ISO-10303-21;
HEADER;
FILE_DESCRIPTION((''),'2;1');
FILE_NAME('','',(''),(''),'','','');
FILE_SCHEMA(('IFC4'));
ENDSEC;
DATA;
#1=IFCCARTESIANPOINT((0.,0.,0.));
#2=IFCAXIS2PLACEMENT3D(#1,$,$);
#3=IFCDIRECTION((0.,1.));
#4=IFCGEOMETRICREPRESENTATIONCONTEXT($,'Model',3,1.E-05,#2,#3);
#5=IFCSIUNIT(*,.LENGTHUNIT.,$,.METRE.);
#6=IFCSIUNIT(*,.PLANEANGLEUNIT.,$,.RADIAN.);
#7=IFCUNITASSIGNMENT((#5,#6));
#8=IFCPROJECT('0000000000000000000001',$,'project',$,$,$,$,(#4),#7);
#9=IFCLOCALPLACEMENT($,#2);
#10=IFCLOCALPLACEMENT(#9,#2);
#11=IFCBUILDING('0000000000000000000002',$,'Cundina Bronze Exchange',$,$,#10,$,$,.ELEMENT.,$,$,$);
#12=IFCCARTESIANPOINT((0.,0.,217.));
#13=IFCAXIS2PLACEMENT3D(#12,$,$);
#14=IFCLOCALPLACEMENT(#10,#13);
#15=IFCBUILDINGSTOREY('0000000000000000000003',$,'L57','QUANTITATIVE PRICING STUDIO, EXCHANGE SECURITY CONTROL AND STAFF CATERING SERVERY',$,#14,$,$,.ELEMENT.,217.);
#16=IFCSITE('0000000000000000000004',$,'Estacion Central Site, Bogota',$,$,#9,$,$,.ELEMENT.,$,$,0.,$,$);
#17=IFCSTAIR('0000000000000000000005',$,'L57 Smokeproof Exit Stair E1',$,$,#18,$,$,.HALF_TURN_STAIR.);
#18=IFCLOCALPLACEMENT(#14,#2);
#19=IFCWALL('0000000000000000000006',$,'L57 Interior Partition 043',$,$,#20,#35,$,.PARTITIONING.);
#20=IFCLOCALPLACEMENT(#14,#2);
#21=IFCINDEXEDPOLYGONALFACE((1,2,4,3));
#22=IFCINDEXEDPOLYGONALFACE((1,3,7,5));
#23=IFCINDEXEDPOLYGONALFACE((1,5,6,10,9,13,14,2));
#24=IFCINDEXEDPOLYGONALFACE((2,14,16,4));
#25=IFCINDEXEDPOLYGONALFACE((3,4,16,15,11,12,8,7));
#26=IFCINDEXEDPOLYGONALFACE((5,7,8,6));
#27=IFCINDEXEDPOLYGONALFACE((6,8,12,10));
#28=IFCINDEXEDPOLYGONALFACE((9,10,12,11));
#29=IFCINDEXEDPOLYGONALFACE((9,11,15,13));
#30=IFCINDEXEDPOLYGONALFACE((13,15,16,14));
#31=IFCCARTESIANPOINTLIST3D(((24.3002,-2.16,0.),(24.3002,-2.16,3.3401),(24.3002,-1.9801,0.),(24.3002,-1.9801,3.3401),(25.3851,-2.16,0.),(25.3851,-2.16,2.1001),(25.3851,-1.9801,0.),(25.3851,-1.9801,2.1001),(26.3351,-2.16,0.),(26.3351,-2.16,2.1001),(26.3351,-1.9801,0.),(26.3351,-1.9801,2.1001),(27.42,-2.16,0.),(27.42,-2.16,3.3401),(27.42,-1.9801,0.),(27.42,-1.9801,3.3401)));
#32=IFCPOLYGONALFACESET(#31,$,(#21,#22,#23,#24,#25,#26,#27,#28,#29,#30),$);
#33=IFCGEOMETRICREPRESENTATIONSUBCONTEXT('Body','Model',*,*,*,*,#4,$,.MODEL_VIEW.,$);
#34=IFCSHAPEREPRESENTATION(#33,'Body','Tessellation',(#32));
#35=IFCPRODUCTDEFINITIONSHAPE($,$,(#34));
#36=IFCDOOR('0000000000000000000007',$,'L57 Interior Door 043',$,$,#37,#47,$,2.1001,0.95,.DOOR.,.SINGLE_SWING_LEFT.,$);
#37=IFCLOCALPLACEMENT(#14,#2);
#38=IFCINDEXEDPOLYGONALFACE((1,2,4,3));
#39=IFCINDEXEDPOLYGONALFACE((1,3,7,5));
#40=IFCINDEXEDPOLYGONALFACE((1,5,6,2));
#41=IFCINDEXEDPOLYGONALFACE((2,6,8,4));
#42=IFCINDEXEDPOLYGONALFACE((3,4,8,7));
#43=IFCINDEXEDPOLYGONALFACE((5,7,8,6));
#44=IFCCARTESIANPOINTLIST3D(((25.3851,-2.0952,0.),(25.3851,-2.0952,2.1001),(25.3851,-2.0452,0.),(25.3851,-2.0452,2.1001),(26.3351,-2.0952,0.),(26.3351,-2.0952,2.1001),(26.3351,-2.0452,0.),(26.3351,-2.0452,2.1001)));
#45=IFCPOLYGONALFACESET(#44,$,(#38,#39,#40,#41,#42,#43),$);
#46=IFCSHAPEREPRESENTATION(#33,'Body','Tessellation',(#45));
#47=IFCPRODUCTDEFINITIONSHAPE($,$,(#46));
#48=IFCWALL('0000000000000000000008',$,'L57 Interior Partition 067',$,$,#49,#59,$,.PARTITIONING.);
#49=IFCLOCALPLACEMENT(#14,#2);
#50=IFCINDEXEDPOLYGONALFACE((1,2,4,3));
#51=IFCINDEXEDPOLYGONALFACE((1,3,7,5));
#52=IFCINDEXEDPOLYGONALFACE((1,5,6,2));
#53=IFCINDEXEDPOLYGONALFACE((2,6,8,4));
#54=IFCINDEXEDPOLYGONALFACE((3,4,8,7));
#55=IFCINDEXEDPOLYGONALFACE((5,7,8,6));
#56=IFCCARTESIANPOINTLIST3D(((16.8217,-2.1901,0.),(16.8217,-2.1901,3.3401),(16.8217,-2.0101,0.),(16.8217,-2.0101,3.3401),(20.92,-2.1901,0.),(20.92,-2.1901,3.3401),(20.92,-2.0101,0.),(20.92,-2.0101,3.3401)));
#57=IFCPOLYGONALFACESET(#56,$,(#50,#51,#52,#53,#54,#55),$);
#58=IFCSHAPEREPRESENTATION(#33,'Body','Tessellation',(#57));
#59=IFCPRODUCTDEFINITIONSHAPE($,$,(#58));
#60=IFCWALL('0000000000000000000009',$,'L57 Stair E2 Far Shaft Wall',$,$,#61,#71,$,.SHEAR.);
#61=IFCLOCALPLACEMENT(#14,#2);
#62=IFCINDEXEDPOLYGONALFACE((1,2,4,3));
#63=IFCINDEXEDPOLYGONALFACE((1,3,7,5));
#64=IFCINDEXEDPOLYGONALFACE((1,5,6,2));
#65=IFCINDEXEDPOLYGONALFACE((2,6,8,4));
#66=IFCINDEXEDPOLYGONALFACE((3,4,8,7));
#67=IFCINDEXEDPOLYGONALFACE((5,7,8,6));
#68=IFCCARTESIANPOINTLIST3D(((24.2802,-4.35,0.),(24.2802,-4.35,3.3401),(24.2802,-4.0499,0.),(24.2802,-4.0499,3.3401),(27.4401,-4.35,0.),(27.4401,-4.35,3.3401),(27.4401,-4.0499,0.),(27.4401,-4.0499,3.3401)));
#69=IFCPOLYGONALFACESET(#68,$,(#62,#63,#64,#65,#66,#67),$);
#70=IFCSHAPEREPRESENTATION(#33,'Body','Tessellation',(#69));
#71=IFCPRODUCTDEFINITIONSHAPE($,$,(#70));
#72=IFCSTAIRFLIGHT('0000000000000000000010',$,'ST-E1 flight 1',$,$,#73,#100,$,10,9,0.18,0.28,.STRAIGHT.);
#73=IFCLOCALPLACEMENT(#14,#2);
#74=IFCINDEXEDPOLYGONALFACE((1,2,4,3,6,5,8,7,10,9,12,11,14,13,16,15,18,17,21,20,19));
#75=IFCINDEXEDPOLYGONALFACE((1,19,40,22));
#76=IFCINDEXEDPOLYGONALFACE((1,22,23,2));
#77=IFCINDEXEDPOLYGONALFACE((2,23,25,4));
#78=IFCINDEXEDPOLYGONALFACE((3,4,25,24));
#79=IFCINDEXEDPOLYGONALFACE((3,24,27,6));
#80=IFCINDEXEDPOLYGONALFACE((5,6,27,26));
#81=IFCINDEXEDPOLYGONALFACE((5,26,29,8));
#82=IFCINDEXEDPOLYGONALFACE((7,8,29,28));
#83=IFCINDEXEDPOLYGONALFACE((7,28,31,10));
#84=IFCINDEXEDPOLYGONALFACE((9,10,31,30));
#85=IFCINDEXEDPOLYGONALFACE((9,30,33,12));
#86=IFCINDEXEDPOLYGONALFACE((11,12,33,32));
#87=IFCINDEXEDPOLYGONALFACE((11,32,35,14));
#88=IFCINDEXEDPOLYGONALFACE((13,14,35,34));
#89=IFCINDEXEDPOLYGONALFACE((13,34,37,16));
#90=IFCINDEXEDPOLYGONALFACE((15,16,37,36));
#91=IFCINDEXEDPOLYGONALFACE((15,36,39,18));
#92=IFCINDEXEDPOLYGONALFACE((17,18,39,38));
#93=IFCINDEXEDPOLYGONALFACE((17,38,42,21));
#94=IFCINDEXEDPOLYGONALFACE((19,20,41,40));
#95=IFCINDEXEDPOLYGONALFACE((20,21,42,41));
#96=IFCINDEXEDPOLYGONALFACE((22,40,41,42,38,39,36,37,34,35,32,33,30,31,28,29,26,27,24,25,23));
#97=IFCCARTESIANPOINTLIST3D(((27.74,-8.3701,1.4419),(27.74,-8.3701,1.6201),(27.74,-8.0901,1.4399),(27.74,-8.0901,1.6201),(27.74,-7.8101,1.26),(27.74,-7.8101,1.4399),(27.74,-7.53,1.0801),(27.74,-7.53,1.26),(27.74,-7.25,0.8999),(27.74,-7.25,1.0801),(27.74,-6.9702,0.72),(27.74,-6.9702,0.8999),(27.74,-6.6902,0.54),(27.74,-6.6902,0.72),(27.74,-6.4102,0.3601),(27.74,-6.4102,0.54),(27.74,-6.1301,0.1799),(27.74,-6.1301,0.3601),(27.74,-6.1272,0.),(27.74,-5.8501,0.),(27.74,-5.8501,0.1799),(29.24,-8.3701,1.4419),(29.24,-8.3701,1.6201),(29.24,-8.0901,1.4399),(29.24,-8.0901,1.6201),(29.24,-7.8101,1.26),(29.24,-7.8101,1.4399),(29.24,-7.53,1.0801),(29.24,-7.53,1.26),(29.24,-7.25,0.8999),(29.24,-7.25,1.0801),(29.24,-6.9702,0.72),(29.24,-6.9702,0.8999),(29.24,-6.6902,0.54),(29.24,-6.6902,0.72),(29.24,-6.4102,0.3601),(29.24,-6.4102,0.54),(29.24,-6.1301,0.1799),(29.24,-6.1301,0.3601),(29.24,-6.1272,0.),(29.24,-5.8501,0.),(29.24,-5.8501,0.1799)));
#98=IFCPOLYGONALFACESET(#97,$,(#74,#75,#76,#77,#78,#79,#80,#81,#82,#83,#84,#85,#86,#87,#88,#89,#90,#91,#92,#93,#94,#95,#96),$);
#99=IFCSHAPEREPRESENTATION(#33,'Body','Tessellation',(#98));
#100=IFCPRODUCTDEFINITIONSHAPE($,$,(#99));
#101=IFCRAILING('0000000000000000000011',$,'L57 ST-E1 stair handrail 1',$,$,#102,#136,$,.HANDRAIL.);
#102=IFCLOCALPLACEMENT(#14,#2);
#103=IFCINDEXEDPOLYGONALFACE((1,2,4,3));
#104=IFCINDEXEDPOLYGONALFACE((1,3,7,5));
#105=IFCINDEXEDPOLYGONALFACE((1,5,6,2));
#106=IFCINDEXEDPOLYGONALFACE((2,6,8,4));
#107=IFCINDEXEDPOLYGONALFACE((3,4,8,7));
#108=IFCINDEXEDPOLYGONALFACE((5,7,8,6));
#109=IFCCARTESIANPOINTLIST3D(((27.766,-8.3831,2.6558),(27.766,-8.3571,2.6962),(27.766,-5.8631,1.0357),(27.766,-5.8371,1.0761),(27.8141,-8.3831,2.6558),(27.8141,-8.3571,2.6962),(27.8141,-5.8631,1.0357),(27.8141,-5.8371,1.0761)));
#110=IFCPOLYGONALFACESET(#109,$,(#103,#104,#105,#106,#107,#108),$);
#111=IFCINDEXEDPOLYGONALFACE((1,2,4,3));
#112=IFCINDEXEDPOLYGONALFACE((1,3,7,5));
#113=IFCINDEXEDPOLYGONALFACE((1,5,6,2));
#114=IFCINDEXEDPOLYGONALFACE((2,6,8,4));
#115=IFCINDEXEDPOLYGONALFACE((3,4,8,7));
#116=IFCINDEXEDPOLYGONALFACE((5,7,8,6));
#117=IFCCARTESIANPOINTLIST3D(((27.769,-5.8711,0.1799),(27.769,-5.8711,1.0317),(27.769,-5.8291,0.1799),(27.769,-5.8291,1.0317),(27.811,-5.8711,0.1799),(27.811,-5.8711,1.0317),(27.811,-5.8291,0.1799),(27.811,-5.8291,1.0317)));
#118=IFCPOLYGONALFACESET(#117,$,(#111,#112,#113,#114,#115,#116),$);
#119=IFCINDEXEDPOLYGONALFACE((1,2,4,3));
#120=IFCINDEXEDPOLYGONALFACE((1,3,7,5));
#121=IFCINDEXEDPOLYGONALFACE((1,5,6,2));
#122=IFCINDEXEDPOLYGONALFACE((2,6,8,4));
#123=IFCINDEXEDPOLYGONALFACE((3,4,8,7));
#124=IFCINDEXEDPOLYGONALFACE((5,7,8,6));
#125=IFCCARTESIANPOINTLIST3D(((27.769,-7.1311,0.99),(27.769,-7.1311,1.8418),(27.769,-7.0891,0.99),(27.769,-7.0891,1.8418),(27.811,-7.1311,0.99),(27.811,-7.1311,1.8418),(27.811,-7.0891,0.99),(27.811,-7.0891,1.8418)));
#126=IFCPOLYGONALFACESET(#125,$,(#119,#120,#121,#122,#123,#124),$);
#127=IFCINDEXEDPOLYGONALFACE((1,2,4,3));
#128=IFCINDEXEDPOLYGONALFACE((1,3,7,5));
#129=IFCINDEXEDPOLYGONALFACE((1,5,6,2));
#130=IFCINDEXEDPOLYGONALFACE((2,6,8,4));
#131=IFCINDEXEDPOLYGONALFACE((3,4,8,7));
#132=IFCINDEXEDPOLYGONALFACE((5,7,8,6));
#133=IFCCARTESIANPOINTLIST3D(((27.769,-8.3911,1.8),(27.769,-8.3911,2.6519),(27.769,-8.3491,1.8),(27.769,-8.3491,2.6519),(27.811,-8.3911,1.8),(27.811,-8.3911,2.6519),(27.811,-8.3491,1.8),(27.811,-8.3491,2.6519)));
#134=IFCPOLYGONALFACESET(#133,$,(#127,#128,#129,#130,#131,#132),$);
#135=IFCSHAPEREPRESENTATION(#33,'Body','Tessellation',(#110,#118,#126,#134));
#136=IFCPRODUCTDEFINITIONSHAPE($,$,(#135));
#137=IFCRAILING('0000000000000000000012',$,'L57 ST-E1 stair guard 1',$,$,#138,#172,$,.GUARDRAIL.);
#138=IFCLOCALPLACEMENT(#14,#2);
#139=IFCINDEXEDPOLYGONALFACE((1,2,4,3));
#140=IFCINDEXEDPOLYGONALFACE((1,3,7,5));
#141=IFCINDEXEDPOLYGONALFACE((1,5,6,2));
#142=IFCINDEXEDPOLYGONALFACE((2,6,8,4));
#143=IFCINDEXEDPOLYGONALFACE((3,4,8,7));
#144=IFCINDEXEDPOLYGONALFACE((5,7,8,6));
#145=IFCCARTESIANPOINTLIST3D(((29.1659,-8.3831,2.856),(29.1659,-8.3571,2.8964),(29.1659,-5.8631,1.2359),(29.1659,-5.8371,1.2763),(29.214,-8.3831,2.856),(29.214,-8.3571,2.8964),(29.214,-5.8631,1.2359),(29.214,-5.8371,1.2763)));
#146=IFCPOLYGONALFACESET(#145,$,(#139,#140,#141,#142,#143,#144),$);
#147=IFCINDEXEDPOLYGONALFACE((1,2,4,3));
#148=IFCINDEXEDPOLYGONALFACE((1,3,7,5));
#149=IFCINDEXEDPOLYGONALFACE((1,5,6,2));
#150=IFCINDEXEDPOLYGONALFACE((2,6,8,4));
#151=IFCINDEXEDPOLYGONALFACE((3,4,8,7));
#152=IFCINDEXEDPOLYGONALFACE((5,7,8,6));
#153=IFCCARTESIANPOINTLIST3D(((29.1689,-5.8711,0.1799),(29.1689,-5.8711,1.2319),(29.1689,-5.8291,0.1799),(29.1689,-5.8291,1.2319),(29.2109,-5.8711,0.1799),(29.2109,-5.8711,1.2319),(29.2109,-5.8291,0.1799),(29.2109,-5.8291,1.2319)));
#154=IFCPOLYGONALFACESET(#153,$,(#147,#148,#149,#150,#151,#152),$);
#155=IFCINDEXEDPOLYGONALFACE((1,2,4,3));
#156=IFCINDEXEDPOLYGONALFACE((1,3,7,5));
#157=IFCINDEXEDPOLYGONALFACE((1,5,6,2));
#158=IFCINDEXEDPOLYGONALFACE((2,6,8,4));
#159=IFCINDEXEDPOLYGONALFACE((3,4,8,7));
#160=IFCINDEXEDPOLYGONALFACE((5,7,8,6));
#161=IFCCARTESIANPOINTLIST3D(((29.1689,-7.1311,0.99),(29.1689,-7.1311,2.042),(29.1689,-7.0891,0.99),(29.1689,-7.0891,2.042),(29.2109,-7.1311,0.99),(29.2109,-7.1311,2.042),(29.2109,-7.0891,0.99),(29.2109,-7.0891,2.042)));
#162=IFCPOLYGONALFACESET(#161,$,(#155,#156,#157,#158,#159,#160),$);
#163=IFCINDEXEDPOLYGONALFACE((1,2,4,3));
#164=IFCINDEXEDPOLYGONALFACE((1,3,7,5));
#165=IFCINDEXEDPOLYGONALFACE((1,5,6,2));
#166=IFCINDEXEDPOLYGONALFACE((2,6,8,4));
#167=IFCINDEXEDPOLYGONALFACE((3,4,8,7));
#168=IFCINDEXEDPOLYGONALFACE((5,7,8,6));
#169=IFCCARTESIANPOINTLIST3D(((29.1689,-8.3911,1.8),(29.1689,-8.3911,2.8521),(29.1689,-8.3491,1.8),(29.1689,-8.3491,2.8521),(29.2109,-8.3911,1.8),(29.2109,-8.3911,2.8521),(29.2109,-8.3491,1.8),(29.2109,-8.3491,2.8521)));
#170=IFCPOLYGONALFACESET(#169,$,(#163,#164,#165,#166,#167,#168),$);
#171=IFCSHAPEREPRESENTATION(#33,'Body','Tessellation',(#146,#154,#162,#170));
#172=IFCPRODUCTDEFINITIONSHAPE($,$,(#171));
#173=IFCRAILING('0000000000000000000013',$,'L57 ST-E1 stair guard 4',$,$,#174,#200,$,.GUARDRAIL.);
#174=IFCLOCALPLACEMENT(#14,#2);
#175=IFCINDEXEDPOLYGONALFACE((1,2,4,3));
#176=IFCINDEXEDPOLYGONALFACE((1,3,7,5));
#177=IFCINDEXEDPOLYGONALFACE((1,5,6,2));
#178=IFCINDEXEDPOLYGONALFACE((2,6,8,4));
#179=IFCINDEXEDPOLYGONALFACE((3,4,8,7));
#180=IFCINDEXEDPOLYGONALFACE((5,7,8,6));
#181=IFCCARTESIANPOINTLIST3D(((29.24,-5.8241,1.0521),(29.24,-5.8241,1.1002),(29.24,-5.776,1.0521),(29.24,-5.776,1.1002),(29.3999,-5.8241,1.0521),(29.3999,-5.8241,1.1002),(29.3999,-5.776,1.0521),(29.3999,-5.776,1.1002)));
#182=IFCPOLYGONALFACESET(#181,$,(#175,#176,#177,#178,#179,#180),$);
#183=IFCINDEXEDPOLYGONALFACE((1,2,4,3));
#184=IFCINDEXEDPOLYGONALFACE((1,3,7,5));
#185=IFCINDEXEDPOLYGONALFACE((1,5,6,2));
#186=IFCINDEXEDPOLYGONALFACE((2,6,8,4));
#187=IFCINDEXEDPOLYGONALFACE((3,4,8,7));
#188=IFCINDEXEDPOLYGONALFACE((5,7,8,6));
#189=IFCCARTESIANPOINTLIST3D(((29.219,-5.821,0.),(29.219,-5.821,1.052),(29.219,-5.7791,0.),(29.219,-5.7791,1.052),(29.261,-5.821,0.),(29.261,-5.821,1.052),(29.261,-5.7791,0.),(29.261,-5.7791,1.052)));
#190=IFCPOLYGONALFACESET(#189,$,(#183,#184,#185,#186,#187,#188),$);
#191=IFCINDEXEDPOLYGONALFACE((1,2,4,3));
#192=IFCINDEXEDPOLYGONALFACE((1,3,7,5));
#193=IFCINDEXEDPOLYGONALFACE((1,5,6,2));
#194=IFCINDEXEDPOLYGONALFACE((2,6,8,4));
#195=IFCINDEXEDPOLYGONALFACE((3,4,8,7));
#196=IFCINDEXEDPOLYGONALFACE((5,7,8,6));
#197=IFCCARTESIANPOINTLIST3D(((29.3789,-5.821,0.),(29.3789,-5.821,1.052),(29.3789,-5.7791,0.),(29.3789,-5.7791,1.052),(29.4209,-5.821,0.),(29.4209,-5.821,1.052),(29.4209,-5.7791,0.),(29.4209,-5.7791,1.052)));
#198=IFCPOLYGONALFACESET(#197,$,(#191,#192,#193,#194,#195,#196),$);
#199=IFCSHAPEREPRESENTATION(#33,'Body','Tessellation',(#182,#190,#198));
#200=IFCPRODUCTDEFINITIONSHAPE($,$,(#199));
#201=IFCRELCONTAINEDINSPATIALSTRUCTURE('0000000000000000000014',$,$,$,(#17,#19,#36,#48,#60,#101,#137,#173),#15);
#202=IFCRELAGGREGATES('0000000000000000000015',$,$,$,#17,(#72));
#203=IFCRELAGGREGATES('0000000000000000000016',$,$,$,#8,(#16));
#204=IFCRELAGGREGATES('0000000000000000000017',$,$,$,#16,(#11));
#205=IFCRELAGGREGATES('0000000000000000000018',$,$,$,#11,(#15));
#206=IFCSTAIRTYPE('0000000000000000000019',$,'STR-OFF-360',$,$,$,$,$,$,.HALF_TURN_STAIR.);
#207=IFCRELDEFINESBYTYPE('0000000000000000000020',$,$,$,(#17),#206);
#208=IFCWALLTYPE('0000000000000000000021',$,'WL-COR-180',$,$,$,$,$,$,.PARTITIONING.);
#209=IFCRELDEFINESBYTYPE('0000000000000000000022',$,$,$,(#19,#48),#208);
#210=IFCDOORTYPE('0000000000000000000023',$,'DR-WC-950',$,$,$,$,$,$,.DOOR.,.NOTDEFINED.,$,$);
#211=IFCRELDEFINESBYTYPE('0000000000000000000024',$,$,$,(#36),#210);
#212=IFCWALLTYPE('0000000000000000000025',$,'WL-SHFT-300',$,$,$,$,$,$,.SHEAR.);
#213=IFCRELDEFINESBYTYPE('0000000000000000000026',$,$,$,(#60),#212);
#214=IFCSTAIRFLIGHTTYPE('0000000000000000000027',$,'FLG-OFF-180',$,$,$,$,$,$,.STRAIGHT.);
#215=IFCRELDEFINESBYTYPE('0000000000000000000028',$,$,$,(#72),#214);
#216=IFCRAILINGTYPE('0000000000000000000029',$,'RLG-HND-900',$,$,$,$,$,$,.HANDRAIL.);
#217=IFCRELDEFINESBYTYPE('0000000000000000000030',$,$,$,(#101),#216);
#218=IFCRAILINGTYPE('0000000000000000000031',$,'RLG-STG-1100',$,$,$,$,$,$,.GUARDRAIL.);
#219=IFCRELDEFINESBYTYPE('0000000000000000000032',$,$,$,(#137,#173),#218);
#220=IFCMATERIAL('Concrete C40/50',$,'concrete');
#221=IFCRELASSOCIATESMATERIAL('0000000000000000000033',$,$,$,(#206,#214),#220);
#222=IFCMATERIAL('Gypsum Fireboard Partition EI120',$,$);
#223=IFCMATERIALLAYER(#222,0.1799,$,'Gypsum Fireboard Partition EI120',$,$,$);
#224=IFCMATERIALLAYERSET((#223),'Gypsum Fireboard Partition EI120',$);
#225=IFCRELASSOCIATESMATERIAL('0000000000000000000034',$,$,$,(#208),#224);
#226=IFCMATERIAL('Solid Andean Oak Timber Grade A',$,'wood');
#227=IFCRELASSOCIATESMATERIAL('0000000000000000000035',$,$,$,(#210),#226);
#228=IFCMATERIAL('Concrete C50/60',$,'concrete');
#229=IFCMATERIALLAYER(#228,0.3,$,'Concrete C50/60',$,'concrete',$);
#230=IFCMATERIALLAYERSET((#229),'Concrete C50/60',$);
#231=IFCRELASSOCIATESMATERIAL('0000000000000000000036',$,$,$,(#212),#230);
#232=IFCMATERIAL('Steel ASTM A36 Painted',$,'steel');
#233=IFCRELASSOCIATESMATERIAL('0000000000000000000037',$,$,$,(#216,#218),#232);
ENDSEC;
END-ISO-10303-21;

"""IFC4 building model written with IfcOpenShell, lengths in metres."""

from ifc_helpers import new_model, si_unit, direction, frame, frame_2d, origin, origin_2d, place, context, subcontext, project, spatial, polyline, rectangle, outline, extrude, material, layer, layer_set, type_object, element, fill, aggregate, save


model = new_model("IFC4")

# Units and contexts
model_context = context("Model", 3, precision=1e-05, world=origin(), true_north=direction((0.0, 1.0)))
body_context = subcontext(model_context, "Body", "Model", "MODEL_VIEW")
ifc_project = project(units=[si_unit("LENGTHUNIT", "METRE"), si_unit("PLANEANGLEUNIT", "RADIAN")], contexts=[model_context])

# Site, building, storey
site_placement = place(None, origin())
site = spatial("IfcSite", under=ifc_project, at=site_placement, Name="Estacion Central Site, Bogota", CompositionType="ELEMENT", RefElevation=0.0)
building_placement = place(site_placement, origin())
building = spatial("IfcBuilding", under=site, at=building_placement, Name="Cundina Bronze Exchange", CompositionType="ELEMENT")
storey_placement = place(building_placement, frame((0.0, 0.0, 217.0)))
storey = spatial("IfcBuildingStorey", under=building, at=storey_placement, Name="L57", Description="QUANTITATIVE PRICING STUDIO, EXCHANGE SECURITY CONTROL AND STAFF CATERING SERVERY", CompositionType="ELEMENT", Elevation=217.0)

# Shared definitions
ifc_material_1 = material(Name="Concrete C50/60", Category="concrete")

# Stair
ifc_material_2 = material(Name="Concrete C40/50", Category="concrete")
stair_type = type_object("IfcStairType", Name="STR-OFF-360", PredefinedType="HALF_TURN_STAIR", material=ifc_material_2)
stair_placement = place(storey_placement, origin())
stair = element("IfcStair", 1, at=stair_placement, inside=storey, type_object=stair_type, Name="L57 Smokeproof Exit Stair E1", PredefinedType="HALF_TURN_STAIR")

# Shared definitions
ifc_material_3 = material(Name="Gypsum Fireboard Partition EI120")
ifc_layer_1 = layer(ifc_material_3, 0.1799, Name="Gypsum Fireboard Partition EI120")
ifc_layer_set_1 = layer_set([ifc_layer_1], Name="Gypsum Fireboard Partition EI120")
wall_type_1 = type_object("IfcWallType", Name="WL-COR-180", PredefinedType="PARTITIONING", material=ifc_layer_set_1)

# Wall, opening, door
ifc_material_4 = material(Name="Steel ASTM A36 Painted", Category="steel")
wall_1_placement = place(storey_placement, frame((24.3, -2.0701, 0.0), z_axis=(0.0, 0.0, 1.0), x_axis=(1.0, 0.0, 0.0)))
wall_1 = element("IfcWall", 2, at=wall_1_placement, inside=storey, type_object=wall_type_1, Name="L57 Interior Partition 043", PredefinedType="PARTITIONING", context=body_context, shape_type="SweptSolid", body=[
    extrude(rectangle(XDim=3.1199, YDim=0.1799, at=frame_2d((1.5601, 0.0))), origin(), (0.0, 0.0, 1.0), 3.3401),
])
opening_1_placement = place(wall_1_placement, frame((1.085, 0.0, 0.0)))
opening_1 = element("IfcOpeningElement", 3, at=opening_1_placement, cuts=wall_1, PredefinedType="OPENING", context=body_context, shape_type="SweptSolid", body=[
    extrude(rectangle(XDim=0.95, YDim=2.1001, at=frame_2d((0.4751, 1.05))), frame((0.0, 0.0999, 0.0), z_axis=(0.0, -1.0, 0.0), x_axis=(1.0, 0.0, 0.0)), (0.0, 0.0, 1.0), 0.2),
])
ifc_material_5 = material(Name="Solid Andean Oak Timber Grade A", Category="wood")
door_type_1 = type_object("IfcDoorType", Name="DR-WC-950", OperationType="NOTDEFINED", PredefinedType="DOOR", material=ifc_material_5)
door_1_placement = place(opening_1_placement, origin())
door_1 = element("IfcDoor", 4, at=door_1_placement, inside=storey, type_object=door_type_1, Name="L57 Interior Door 043", OperationType="SINGLE_SWING_LEFT", OverallHeight=2.1001, OverallWidth=0.95, PredefinedType="DOOR", context=body_context, shape_type="SweptSolid", body=[
    extrude(rectangle(XDim=0.95, YDim=2.1001, at=frame_2d((0.4751, 1.05))), frame((0.0, 0.0249, 0.0), z_axis=(0.0, -1.0, 0.0), x_axis=(1.0, 0.0, 0.0)), (0.0, 0.0, 1.0), 0.05),
])
fill(opening_1, door_1)

# Wall
wall_2_placement = place(storey_placement, frame((16.8215, -2.1001, 0.0), z_axis=(0.0, 0.0, 1.0), x_axis=(1.0, 0.0, 0.0)))
element("IfcWall", 5, at=wall_2_placement, inside=storey, type_object=wall_type_1, Name="L57 Interior Partition 067", PredefinedType="PARTITIONING", context=body_context, shape_type="SweptSolid", body=[
    extrude(rectangle(XDim=4.0984, YDim=0.1799, at=frame_2d((2.0493, 0.0))), origin(), (0.0, 0.0, 1.0), 3.3401),
])

# Shared definitions
ifc_layer_2 = layer(ifc_material_1, 0.3, Name="Concrete C50/60", Category="concrete")
ifc_layer_set_2 = layer_set([ifc_layer_2], Name="Concrete C50/60")
wall_type_2 = type_object("IfcWallType", Name="WL-SHFT-300", PredefinedType="SHEAR", material=ifc_layer_set_2)

# Wall
wall_3_placement = place(storey_placement, frame((24.28, -4.2, 0.0), z_axis=(0.0, 0.0, 1.0), x_axis=(1.0, 0.0, 0.0)))
element("IfcWall", 6, at=wall_3_placement, inside=storey, type_object=wall_type_2, Name="L57 Stair E2 Far Shaft Wall", PredefinedType="SHEAR", context=body_context, shape_type="SweptSolid", body=[
    extrude(rectangle(XDim=3.1599, YDim=0.3, at=frame_2d((1.5801, 0.0))), origin(), (0.0, 0.0, 1.0), 3.3401),
])

# Stair flight
stair_flight_type = type_object("IfcStairFlightType", Name="FLG-OFF-180", PredefinedType="STRAIGHT", material=ifc_material_2)
stair_flight_placement = place(storey_placement, frame((28.49, -5.8501, 0.0), z_axis=(0.0, 0.0, 1.0), x_axis=(0.0, -1.0, 0.0)))
stair_flight = element("IfcStairFlight", 7, at=stair_flight_placement, type_object=stair_flight_type, Name="ST-E1 flight 1", NumberOfRisers=10, NumberOfTreads=9, PredefinedType="STRAIGHT", RiserHeight=0.18, TreadLength=0.28, context=body_context, shape_type="SweptSolid", body=[
    extrude(outline(polyline([(0.0, 0.0), (0.0, 0.1799), (0.28, 0.1799), (0.28, 0.3601), (0.5601, 0.3601), (0.5601, 0.54), (0.8401, 0.54), (0.8401, 0.72), (1.1201, 0.72), (1.1201, 0.8999), (1.3999, 0.8999), (1.3999, 1.0801), (1.6799, 1.0801), (1.6799, 1.26), (1.96, 1.26), (1.96, 1.4399), (2.24, 1.4399), (2.24, 1.6201), (2.52, 1.6201), (2.52, 1.8), (2.52, 1.4419), (0.2771, 0.0), (0.0, 0.0)])), frame((0.0, 0.75, 0.0), z_axis=(0.0, -1.0, 0.0), x_axis=(1.0, 0.0, 0.0)), (0.0, 0.0, 1.0), 1.5),
])
aggregate(stair, [stair_flight])

# Railings
railing_type_1 = type_object("IfcRailingType", Name="RLG-HND-900", PredefinedType="HANDRAIL", material=ifc_material_4)
railing_1_placement = place(storey_placement, frame((27.79, -5.8501, 0.1799)))
element("IfcRailing", 8, at=railing_1_placement, inside=storey, type_object=railing_type_1, Name="L57 ST-E1 stair handrail 1", PredefinedType="HANDRAIL", context=body_context, shape_type="SweptSolid", body=[
    extrude(rectangle(XDim=0.0481, YDim=0.0481, at=origin_2d()), frame((0.0, 0.0, 0.876), z_axis=(0.0, -0.841163, 0.540782), x_axis=(1.0, 0.0, 0.0)), (0.0, 0.0, 1.0), 2.9958),
    extrude(rectangle(XDim=0.042, YDim=0.042, at=origin_2d()), origin(), (0.0, 0.0, 1.0), 0.8518),
    extrude(rectangle(XDim=0.042, YDim=0.042, at=origin_2d()), frame((0.0, -1.26, 0.8101)), (0.0, 0.0, 1.0), 0.8518),
    extrude(rectangle(XDim=0.042, YDim=0.042, at=origin_2d()), frame((0.0, -2.52, 1.6201)), (0.0, 0.0, 1.0), 0.8518),
])
railing_type_2 = type_object("IfcRailingType", Name="RLG-STG-1100", PredefinedType="GUARDRAIL", material=ifc_material_4)
railing_2_placement = place(storey_placement, frame((29.1899, -5.8501, 0.1799)))
element("IfcRailing", 9, at=railing_2_placement, inside=storey, type_object=railing_type_2, Name="L57 ST-E1 stair guard 1", PredefinedType="GUARDRAIL", context=body_context, shape_type="SweptSolid", body=[
    extrude(rectangle(XDim=0.0481, YDim=0.0481, at=origin_2d()), frame((0.0, 0.0, 1.0762), z_axis=(0.0, -0.841163, 0.540782), x_axis=(1.0, 0.0, 0.0)), (0.0, 0.0, 1.0), 2.9958),
    extrude(rectangle(XDim=0.042, YDim=0.042, at=origin_2d()), origin(), (0.0, 0.0, 1.0), 1.052),
    extrude(rectangle(XDim=0.042, YDim=0.042, at=origin_2d()), frame((0.0, -1.26, 0.8101)), (0.0, 0.0, 1.0), 1.052),
    extrude(rectangle(XDim=0.042, YDim=0.042, at=origin_2d()), frame((0.0, -2.52, 1.6201)), (0.0, 0.0, 1.0), 1.052),
])
railing_3_placement = place(storey_placement, frame((29.24, -5.8, 0.0)))
element("IfcRailing", 10, at=railing_3_placement, inside=storey, type_object=railing_type_2, Name="L57 ST-E1 stair guard 4", PredefinedType="GUARDRAIL", context=body_context, shape_type="SweptSolid", body=[
    extrude(rectangle(XDim=0.0481, YDim=0.0481, at=origin_2d()), frame((0.0, 0.0, 1.0762), z_axis=(1.0, 0.0, 0.0), x_axis=(0.0, 1.0, 0.0)), (0.0, 0.0, 1.0), 0.1599),
    extrude(rectangle(XDim=0.042, YDim=0.042, at=origin_2d()), origin(), (0.0, 0.0, 1.0), 1.052),
    extrude(rectangle(XDim=0.042, YDim=0.042, at=origin_2d()), frame((0.1599, 0.0, 0.0)), (0.0, 0.0, 1.0), 1.052),
])

save(model, "model.ifc")
